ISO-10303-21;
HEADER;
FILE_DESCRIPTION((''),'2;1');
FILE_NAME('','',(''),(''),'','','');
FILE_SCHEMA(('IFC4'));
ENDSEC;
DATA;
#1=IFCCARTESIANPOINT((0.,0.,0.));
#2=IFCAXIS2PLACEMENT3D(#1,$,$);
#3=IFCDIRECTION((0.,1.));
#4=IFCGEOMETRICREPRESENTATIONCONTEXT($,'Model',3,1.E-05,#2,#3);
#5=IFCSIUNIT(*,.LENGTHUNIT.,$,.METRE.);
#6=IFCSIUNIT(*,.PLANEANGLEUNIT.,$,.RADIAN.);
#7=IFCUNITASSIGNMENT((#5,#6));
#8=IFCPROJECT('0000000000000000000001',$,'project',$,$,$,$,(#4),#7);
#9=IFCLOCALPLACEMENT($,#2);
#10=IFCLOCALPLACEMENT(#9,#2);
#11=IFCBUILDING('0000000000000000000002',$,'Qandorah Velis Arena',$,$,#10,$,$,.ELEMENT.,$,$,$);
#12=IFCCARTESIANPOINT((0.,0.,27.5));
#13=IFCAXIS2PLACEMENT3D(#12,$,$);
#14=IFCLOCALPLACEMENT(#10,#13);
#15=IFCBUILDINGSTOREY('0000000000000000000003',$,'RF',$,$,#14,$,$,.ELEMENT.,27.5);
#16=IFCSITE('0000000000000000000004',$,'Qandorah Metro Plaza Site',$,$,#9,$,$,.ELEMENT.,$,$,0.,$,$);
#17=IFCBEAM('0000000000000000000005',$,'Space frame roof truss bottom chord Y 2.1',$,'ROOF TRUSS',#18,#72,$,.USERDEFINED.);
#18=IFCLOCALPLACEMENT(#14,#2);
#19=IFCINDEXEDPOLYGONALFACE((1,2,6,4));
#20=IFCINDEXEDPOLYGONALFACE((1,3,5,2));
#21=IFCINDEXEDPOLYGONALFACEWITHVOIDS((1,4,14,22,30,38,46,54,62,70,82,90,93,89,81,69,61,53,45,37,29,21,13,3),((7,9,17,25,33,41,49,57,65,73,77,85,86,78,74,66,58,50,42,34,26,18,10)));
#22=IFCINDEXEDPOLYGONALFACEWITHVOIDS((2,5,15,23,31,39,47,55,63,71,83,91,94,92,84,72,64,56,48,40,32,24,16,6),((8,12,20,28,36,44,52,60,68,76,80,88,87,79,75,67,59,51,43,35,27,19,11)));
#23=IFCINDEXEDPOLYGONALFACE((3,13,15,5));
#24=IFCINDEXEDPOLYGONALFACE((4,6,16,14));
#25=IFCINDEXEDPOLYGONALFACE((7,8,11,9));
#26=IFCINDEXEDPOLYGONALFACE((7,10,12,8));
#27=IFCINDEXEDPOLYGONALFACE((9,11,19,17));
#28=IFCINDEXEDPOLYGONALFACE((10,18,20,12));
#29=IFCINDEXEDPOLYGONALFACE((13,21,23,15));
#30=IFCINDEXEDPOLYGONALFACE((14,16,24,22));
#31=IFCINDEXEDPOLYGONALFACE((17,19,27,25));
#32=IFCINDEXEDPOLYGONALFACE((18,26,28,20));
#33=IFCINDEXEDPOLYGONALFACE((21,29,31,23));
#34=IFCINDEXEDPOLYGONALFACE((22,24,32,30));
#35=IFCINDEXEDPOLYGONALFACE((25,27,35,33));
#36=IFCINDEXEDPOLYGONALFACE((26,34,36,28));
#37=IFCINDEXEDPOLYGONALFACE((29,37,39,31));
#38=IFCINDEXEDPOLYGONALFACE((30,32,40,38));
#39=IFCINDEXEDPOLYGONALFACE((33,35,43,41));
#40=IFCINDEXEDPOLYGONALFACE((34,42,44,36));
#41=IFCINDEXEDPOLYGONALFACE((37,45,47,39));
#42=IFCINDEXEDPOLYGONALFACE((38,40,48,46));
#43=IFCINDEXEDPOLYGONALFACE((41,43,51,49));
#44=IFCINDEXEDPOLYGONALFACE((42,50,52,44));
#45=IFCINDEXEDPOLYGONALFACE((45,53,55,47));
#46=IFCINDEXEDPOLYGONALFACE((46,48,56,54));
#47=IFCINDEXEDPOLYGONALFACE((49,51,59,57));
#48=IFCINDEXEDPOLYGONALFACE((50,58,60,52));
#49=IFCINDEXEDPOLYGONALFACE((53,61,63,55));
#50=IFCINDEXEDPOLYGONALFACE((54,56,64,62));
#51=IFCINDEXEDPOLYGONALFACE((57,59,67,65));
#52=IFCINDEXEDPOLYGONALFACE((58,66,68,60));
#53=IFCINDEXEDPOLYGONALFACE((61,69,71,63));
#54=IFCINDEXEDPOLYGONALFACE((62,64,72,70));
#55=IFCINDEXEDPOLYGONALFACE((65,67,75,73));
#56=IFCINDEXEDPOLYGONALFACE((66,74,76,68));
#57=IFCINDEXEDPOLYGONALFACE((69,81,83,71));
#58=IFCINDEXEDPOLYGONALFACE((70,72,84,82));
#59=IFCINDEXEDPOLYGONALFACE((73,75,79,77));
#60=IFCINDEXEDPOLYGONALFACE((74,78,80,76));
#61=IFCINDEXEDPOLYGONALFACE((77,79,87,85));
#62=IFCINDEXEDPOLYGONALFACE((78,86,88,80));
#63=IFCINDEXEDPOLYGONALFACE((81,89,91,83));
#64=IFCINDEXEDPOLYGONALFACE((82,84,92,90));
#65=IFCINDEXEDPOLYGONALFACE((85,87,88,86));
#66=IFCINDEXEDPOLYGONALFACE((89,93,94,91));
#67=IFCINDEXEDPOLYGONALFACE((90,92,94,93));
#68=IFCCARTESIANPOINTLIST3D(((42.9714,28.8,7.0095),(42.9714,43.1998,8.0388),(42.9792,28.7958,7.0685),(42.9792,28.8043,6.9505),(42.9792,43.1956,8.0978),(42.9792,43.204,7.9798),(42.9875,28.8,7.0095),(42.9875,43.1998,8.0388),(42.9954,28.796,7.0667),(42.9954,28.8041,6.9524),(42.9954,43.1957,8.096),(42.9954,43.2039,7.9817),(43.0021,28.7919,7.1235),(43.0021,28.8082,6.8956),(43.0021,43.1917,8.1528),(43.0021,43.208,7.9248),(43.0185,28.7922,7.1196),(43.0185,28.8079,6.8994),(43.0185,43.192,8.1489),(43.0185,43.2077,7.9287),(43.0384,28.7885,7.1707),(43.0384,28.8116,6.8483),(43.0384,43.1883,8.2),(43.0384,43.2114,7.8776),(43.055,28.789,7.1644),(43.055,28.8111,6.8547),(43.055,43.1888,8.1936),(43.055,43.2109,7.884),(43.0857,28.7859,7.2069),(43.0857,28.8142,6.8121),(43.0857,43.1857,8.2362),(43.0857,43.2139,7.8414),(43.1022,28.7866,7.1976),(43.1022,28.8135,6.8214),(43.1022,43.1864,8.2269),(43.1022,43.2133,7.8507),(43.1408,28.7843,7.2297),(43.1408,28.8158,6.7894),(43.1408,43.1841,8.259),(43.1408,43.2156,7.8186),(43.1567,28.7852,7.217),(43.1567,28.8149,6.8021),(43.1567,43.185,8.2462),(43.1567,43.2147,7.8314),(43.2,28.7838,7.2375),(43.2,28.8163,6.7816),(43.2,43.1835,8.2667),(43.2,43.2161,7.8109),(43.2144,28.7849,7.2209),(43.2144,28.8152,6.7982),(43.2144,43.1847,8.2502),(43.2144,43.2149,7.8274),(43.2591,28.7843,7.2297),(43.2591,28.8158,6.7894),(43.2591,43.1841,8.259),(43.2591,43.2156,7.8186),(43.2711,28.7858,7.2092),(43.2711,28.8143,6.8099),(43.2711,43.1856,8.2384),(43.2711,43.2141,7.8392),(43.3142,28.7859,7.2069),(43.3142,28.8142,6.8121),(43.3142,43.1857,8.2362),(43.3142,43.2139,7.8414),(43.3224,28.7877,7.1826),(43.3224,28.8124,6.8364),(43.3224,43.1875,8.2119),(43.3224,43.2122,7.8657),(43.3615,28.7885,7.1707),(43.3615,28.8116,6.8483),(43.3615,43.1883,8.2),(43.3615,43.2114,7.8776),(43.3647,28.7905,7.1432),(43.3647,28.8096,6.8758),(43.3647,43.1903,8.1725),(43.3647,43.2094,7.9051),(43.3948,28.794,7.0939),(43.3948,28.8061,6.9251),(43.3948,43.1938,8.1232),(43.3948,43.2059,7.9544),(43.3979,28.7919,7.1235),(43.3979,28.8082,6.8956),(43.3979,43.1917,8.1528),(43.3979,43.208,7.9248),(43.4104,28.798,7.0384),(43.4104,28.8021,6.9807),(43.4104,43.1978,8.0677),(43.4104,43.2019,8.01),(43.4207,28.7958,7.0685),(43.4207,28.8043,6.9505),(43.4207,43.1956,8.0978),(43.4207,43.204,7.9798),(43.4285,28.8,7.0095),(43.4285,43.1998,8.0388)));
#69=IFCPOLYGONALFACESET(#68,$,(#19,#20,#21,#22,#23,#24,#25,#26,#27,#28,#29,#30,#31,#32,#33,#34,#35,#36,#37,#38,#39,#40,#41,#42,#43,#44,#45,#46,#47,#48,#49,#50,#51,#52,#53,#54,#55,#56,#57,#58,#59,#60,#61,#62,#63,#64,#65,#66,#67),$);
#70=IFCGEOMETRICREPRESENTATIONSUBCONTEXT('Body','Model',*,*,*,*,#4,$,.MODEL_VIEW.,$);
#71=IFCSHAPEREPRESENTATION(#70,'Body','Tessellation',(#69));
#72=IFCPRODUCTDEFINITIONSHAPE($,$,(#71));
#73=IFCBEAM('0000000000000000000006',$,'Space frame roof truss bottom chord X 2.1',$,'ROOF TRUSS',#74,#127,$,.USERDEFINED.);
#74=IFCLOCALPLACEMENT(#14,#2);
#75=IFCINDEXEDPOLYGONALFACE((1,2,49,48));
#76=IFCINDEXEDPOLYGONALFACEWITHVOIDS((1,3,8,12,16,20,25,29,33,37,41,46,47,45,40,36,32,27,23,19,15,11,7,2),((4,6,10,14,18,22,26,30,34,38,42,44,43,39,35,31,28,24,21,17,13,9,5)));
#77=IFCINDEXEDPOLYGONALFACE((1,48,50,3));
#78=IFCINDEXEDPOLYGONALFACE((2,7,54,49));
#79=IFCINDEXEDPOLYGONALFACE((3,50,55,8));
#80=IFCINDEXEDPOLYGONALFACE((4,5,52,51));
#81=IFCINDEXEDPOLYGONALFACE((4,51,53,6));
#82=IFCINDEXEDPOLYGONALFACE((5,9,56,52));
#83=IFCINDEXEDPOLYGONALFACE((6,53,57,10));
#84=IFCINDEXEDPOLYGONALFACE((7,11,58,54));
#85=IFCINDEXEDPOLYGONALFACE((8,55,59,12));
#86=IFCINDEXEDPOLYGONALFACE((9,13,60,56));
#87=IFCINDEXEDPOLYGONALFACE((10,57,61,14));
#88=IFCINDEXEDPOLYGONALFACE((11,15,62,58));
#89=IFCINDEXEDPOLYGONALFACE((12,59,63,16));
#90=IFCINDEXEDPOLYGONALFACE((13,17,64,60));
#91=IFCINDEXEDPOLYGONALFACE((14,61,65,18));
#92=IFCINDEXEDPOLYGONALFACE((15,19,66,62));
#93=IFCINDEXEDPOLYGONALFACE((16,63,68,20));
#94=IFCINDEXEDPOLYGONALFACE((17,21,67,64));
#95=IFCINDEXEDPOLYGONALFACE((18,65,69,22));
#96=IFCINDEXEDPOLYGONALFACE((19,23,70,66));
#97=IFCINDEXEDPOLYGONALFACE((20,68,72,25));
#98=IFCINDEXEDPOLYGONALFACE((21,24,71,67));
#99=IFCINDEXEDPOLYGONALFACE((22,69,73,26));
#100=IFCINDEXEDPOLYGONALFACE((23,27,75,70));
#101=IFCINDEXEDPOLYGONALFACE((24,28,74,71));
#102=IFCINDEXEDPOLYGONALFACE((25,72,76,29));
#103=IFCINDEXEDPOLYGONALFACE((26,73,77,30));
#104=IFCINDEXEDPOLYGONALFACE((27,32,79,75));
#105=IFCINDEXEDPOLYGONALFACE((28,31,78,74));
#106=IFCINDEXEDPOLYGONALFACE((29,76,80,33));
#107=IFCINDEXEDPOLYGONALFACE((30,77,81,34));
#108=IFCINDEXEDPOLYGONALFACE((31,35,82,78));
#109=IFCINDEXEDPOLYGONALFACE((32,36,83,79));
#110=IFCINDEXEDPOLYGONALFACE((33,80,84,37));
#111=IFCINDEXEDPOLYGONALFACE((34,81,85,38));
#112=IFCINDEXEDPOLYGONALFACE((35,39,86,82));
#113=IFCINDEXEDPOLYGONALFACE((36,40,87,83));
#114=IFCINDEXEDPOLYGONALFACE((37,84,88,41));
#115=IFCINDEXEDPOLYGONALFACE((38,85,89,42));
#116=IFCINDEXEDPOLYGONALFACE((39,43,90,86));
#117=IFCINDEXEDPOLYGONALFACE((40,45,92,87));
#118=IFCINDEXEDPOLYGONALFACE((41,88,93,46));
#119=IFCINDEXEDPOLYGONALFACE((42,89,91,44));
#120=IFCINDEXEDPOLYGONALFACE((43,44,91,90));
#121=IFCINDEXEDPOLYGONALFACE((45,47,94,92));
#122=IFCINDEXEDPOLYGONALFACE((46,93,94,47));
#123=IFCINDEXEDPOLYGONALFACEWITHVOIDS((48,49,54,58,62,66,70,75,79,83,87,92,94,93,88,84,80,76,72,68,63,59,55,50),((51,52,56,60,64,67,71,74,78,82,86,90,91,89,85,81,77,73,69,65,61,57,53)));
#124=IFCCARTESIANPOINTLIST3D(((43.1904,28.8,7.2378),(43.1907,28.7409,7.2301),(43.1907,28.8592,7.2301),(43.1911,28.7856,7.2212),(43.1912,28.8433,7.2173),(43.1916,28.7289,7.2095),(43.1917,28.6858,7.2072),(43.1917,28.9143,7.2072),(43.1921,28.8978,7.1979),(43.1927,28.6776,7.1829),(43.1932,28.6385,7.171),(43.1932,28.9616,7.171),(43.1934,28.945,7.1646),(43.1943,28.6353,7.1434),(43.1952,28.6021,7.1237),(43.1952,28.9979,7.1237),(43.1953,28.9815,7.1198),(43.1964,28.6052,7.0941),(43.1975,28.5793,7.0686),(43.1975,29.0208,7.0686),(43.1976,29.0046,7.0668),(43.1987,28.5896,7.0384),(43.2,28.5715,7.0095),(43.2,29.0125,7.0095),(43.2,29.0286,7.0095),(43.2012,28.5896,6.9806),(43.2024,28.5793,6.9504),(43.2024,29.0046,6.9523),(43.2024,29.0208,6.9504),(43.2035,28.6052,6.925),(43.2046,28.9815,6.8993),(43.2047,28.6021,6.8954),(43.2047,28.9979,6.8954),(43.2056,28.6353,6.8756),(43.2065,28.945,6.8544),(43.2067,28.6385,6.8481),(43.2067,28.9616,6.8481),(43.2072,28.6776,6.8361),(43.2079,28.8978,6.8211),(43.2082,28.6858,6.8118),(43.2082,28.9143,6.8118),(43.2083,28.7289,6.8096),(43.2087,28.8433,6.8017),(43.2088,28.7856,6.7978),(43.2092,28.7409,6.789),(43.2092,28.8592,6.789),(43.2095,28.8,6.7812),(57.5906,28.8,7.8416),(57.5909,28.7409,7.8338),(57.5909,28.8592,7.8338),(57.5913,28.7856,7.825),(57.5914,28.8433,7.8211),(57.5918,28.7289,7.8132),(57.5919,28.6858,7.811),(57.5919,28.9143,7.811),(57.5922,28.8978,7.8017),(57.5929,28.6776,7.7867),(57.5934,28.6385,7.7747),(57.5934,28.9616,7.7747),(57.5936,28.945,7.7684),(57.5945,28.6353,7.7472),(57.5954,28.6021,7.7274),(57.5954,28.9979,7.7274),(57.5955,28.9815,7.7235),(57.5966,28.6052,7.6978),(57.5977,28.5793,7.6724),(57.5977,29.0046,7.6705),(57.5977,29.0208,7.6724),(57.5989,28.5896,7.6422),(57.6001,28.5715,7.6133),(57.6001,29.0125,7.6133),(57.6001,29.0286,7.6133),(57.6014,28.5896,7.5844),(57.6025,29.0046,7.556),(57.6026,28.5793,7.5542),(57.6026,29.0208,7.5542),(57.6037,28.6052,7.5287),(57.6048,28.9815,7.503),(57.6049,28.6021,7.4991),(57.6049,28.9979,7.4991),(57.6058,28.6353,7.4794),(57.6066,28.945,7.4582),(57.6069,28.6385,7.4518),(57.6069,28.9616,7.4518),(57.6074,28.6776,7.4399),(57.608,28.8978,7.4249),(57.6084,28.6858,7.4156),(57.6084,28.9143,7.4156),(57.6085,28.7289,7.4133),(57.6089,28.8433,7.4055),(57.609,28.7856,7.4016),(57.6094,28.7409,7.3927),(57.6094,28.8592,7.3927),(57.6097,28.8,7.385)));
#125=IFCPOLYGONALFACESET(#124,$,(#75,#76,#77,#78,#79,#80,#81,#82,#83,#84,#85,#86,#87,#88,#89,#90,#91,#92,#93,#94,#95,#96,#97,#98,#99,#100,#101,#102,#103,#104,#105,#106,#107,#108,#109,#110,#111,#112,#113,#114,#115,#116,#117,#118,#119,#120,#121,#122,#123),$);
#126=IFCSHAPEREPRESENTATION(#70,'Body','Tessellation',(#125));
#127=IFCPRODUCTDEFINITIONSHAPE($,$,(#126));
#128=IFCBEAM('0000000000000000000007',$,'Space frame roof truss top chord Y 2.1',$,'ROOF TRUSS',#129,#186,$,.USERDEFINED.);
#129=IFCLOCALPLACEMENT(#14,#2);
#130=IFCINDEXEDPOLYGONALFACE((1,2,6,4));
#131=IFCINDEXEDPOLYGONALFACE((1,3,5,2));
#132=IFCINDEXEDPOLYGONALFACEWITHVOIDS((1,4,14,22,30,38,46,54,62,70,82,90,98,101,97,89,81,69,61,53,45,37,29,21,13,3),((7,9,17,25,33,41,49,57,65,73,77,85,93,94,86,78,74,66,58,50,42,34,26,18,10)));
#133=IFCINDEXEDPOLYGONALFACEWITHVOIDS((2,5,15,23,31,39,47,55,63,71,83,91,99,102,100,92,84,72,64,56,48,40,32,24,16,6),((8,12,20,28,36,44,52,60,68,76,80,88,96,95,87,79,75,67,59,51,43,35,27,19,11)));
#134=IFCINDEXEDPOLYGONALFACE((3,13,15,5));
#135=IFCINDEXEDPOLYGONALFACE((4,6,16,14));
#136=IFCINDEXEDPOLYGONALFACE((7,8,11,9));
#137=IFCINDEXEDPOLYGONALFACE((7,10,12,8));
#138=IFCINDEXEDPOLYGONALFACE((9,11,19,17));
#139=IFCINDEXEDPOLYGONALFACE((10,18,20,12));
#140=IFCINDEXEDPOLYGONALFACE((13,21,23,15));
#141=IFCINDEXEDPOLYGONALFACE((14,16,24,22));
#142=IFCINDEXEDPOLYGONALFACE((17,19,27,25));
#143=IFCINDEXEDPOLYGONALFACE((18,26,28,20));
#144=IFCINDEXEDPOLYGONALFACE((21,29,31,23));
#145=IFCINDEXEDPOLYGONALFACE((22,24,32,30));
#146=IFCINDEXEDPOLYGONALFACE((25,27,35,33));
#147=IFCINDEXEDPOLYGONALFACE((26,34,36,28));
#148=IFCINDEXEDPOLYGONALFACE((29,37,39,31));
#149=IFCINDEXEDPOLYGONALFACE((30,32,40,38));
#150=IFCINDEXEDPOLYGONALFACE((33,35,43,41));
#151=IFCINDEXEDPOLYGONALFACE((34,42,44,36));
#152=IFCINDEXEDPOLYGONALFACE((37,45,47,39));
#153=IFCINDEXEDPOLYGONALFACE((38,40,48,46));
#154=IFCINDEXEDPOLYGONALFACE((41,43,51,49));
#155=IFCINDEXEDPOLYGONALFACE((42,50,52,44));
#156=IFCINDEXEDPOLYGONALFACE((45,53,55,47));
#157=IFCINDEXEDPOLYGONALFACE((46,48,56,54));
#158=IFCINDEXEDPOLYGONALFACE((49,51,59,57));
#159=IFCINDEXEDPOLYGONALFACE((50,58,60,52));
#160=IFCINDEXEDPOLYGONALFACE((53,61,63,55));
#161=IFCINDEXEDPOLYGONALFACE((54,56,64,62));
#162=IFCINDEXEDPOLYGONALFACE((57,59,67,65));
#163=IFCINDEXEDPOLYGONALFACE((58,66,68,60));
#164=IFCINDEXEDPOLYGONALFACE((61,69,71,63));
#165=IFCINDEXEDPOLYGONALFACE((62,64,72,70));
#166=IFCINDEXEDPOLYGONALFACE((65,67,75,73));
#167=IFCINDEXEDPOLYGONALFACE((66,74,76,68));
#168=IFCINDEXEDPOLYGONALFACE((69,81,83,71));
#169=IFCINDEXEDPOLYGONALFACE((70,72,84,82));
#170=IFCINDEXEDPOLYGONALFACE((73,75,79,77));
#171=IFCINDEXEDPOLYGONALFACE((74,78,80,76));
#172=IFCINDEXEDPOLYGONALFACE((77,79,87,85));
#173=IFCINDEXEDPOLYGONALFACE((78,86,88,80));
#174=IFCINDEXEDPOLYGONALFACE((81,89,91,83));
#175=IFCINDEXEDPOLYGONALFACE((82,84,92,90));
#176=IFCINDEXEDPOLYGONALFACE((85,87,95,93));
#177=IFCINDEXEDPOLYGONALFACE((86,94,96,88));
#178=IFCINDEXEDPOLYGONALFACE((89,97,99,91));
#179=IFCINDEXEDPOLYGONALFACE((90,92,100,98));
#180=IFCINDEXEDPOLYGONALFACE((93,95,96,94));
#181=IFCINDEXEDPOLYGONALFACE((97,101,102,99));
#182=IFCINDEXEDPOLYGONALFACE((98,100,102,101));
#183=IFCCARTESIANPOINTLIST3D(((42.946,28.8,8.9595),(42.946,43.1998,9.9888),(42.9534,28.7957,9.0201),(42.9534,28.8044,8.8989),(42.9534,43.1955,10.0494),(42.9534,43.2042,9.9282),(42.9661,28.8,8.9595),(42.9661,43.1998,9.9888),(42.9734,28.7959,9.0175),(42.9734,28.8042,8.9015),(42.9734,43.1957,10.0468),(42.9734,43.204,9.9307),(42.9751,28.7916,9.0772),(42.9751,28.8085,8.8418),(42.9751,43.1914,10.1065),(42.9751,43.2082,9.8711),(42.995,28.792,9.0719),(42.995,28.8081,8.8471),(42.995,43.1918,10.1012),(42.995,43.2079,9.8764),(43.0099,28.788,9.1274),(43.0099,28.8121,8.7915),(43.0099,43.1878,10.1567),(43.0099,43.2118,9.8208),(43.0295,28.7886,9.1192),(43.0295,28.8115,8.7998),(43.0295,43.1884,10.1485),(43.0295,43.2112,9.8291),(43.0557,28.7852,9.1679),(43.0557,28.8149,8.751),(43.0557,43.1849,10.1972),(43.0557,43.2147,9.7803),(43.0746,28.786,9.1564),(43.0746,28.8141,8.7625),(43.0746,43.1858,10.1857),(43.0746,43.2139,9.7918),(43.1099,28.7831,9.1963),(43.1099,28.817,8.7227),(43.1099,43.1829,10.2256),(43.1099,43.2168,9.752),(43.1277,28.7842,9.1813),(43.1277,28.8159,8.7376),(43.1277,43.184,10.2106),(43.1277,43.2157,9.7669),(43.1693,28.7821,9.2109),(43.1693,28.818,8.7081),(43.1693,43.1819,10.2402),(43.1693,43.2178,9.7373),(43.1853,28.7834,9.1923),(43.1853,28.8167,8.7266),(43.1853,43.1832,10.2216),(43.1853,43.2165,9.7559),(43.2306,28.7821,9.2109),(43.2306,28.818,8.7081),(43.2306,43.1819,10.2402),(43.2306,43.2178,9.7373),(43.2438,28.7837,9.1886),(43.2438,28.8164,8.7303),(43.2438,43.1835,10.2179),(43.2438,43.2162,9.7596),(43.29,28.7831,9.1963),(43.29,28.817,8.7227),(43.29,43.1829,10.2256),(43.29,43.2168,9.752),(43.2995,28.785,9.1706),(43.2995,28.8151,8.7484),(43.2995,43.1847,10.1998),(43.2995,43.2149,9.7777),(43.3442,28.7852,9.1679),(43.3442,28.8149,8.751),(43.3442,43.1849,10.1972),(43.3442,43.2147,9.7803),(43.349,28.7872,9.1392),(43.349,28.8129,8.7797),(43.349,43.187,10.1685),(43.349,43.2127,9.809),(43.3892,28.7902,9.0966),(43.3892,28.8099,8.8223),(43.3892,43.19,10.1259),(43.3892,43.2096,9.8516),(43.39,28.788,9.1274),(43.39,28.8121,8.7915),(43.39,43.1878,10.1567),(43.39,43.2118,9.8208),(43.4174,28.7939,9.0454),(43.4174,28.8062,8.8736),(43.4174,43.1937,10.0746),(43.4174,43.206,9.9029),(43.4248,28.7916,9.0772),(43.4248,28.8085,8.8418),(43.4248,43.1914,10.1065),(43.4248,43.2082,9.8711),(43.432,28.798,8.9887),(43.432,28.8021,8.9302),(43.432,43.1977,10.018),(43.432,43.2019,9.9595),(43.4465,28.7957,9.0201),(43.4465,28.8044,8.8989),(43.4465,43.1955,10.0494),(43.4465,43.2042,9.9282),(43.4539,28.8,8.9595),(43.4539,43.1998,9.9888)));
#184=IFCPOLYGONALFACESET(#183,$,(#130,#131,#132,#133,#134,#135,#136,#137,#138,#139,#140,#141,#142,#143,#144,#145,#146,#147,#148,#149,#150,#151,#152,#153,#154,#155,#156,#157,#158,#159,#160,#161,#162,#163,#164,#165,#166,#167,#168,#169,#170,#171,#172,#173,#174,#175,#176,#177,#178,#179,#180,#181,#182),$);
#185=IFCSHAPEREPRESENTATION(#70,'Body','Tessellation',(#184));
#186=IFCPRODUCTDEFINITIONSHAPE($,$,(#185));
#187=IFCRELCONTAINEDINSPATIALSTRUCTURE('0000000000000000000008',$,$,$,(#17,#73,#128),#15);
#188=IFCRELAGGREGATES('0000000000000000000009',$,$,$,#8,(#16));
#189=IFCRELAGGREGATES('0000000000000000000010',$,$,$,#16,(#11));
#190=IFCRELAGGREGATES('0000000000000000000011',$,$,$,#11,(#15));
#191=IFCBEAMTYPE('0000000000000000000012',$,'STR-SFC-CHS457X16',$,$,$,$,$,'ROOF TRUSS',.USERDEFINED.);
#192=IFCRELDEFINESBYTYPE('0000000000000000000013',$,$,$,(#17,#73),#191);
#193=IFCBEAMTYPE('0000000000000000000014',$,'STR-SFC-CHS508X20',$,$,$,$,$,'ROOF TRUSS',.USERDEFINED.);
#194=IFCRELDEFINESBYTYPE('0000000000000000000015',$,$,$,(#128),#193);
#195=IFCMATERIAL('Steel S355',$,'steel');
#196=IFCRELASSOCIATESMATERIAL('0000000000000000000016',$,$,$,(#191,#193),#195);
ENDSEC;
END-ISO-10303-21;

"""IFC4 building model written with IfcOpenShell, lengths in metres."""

from ifc_helpers import new_model, si_unit, direction, frame, origin, origin_2d, place, context, subcontext, project, spatial, hollow_circle, extrude, material, material_profile, profile_set, type_object, element, save


model = new_model("IFC4")

# Units and contexts
model_context = context("Model", 3, precision=1e-05, world=origin(), true_north=direction((0.0, 1.0)))
body_context = subcontext(model_context, "Body", "Model", "MODEL_VIEW")
ifc_project = project(units=[si_unit("LENGTHUNIT", "METRE"), si_unit("PLANEANGLEUNIT", "RADIAN")], contexts=[model_context])

# Site, building, storey
site_placement = place(None, origin())
site = spatial("IfcSite", under=ifc_project, at=site_placement, Name="Qandorah Metro Plaza Site", CompositionType="ELEMENT", RefElevation=0.0)
building_placement = place(site_placement, origin())
building = spatial("IfcBuilding", under=site, at=building_placement, Name="Qandorah Velis Arena", CompositionType="ELEMENT")
storey_placement = place(building_placement, frame((0.0, 0.0, 27.5)))
storey = spatial("IfcBuildingStorey", under=building, at=storey_placement, Name="RF", CompositionType="ELEMENT", Elevation=27.5)

# Beams
ifc_material_1 = material(Name="Steel S355", Category="steel")
ifc_material_profile_1 = material_profile(ifc_material_1, hollow_circle(Radius=0.2285, WallThickness=0.0161, at=origin_2d()), Name="CHS 457x16")
ifc_profile_set_1 = profile_set([ifc_material_profile_1], Name="Steel S355")
beam_type_1 = type_object("IfcBeamType", Name="STR-SFC-CHS457X16", ElementType="ROOF TRUSS", PredefinedType="USERDEFINED", material=ifc_profile_set_1)
beam_1_placement = place(storey_placement, frame((43.2, 28.8, 7.0095), z_axis=(0.0, 0.997455, 0.071298), x_axis=(-1.0, 0.0, 0.0)))
element("IfcBeam", 1, at=beam_1_placement, inside=storey, type_object=beam_type_1, Name="Space frame roof truss bottom chord Y 2.1", ObjectType="ROOF TRUSS", PredefinedType="USERDEFINED", context=body_context, shape_type="SweptSolid", body=[
    extrude(hollow_circle(Radius=0.2285, WallThickness=0.0161, at=origin_2d()), origin(), (0.0, 0.0, 1.0), 14.4365),
])
beam_2_placement = place(storey_placement, frame((43.2, 28.8, 7.0095), z_axis=(0.999122, 0.0, 0.041891), x_axis=(0.0, 1.0, 0.0)))
element("IfcBeam", 2, at=beam_2_placement, inside=storey, type_object=beam_type_1, Name="Space frame roof truss bottom chord X 2.1", ObjectType="ROOF TRUSS", PredefinedType="USERDEFINED", context=body_context, shape_type="SweptSolid", body=[
    extrude(hollow_circle(Radius=0.2285, WallThickness=0.0161, at=origin_2d()), origin(), (0.0, 0.0, 1.0), 14.4128),
])
ifc_material_profile_2 = material_profile(ifc_material_1, hollow_circle(Radius=0.2539, WallThickness=0.02, at=origin_2d()), Name="CHS 508x20")
ifc_profile_set_2 = profile_set([ifc_material_profile_2], Name="Steel S355")
beam_type_2 = type_object("IfcBeamType", Name="STR-SFC-CHS508X20", ElementType="ROOF TRUSS", PredefinedType="USERDEFINED", material=ifc_profile_set_2)
beam_3_placement = place(storey_placement, frame((43.2, 28.8, 8.9595), z_axis=(0.0, 0.997455, 0.071298), x_axis=(-1.0, 0.0, 0.0)))
element("IfcBeam", 3, at=beam_3_placement, inside=storey, type_object=beam_type_2, Name="Space frame roof truss top chord Y 2.1", ObjectType="ROOF TRUSS", PredefinedType="USERDEFINED", context=body_context, shape_type="SweptSolid", body=[
    extrude(hollow_circle(Radius=0.2539, WallThickness=0.02, at=origin_2d()), origin(), (0.0, 0.0, 1.0), 14.4365),
])

save(model, "model.ifc")
